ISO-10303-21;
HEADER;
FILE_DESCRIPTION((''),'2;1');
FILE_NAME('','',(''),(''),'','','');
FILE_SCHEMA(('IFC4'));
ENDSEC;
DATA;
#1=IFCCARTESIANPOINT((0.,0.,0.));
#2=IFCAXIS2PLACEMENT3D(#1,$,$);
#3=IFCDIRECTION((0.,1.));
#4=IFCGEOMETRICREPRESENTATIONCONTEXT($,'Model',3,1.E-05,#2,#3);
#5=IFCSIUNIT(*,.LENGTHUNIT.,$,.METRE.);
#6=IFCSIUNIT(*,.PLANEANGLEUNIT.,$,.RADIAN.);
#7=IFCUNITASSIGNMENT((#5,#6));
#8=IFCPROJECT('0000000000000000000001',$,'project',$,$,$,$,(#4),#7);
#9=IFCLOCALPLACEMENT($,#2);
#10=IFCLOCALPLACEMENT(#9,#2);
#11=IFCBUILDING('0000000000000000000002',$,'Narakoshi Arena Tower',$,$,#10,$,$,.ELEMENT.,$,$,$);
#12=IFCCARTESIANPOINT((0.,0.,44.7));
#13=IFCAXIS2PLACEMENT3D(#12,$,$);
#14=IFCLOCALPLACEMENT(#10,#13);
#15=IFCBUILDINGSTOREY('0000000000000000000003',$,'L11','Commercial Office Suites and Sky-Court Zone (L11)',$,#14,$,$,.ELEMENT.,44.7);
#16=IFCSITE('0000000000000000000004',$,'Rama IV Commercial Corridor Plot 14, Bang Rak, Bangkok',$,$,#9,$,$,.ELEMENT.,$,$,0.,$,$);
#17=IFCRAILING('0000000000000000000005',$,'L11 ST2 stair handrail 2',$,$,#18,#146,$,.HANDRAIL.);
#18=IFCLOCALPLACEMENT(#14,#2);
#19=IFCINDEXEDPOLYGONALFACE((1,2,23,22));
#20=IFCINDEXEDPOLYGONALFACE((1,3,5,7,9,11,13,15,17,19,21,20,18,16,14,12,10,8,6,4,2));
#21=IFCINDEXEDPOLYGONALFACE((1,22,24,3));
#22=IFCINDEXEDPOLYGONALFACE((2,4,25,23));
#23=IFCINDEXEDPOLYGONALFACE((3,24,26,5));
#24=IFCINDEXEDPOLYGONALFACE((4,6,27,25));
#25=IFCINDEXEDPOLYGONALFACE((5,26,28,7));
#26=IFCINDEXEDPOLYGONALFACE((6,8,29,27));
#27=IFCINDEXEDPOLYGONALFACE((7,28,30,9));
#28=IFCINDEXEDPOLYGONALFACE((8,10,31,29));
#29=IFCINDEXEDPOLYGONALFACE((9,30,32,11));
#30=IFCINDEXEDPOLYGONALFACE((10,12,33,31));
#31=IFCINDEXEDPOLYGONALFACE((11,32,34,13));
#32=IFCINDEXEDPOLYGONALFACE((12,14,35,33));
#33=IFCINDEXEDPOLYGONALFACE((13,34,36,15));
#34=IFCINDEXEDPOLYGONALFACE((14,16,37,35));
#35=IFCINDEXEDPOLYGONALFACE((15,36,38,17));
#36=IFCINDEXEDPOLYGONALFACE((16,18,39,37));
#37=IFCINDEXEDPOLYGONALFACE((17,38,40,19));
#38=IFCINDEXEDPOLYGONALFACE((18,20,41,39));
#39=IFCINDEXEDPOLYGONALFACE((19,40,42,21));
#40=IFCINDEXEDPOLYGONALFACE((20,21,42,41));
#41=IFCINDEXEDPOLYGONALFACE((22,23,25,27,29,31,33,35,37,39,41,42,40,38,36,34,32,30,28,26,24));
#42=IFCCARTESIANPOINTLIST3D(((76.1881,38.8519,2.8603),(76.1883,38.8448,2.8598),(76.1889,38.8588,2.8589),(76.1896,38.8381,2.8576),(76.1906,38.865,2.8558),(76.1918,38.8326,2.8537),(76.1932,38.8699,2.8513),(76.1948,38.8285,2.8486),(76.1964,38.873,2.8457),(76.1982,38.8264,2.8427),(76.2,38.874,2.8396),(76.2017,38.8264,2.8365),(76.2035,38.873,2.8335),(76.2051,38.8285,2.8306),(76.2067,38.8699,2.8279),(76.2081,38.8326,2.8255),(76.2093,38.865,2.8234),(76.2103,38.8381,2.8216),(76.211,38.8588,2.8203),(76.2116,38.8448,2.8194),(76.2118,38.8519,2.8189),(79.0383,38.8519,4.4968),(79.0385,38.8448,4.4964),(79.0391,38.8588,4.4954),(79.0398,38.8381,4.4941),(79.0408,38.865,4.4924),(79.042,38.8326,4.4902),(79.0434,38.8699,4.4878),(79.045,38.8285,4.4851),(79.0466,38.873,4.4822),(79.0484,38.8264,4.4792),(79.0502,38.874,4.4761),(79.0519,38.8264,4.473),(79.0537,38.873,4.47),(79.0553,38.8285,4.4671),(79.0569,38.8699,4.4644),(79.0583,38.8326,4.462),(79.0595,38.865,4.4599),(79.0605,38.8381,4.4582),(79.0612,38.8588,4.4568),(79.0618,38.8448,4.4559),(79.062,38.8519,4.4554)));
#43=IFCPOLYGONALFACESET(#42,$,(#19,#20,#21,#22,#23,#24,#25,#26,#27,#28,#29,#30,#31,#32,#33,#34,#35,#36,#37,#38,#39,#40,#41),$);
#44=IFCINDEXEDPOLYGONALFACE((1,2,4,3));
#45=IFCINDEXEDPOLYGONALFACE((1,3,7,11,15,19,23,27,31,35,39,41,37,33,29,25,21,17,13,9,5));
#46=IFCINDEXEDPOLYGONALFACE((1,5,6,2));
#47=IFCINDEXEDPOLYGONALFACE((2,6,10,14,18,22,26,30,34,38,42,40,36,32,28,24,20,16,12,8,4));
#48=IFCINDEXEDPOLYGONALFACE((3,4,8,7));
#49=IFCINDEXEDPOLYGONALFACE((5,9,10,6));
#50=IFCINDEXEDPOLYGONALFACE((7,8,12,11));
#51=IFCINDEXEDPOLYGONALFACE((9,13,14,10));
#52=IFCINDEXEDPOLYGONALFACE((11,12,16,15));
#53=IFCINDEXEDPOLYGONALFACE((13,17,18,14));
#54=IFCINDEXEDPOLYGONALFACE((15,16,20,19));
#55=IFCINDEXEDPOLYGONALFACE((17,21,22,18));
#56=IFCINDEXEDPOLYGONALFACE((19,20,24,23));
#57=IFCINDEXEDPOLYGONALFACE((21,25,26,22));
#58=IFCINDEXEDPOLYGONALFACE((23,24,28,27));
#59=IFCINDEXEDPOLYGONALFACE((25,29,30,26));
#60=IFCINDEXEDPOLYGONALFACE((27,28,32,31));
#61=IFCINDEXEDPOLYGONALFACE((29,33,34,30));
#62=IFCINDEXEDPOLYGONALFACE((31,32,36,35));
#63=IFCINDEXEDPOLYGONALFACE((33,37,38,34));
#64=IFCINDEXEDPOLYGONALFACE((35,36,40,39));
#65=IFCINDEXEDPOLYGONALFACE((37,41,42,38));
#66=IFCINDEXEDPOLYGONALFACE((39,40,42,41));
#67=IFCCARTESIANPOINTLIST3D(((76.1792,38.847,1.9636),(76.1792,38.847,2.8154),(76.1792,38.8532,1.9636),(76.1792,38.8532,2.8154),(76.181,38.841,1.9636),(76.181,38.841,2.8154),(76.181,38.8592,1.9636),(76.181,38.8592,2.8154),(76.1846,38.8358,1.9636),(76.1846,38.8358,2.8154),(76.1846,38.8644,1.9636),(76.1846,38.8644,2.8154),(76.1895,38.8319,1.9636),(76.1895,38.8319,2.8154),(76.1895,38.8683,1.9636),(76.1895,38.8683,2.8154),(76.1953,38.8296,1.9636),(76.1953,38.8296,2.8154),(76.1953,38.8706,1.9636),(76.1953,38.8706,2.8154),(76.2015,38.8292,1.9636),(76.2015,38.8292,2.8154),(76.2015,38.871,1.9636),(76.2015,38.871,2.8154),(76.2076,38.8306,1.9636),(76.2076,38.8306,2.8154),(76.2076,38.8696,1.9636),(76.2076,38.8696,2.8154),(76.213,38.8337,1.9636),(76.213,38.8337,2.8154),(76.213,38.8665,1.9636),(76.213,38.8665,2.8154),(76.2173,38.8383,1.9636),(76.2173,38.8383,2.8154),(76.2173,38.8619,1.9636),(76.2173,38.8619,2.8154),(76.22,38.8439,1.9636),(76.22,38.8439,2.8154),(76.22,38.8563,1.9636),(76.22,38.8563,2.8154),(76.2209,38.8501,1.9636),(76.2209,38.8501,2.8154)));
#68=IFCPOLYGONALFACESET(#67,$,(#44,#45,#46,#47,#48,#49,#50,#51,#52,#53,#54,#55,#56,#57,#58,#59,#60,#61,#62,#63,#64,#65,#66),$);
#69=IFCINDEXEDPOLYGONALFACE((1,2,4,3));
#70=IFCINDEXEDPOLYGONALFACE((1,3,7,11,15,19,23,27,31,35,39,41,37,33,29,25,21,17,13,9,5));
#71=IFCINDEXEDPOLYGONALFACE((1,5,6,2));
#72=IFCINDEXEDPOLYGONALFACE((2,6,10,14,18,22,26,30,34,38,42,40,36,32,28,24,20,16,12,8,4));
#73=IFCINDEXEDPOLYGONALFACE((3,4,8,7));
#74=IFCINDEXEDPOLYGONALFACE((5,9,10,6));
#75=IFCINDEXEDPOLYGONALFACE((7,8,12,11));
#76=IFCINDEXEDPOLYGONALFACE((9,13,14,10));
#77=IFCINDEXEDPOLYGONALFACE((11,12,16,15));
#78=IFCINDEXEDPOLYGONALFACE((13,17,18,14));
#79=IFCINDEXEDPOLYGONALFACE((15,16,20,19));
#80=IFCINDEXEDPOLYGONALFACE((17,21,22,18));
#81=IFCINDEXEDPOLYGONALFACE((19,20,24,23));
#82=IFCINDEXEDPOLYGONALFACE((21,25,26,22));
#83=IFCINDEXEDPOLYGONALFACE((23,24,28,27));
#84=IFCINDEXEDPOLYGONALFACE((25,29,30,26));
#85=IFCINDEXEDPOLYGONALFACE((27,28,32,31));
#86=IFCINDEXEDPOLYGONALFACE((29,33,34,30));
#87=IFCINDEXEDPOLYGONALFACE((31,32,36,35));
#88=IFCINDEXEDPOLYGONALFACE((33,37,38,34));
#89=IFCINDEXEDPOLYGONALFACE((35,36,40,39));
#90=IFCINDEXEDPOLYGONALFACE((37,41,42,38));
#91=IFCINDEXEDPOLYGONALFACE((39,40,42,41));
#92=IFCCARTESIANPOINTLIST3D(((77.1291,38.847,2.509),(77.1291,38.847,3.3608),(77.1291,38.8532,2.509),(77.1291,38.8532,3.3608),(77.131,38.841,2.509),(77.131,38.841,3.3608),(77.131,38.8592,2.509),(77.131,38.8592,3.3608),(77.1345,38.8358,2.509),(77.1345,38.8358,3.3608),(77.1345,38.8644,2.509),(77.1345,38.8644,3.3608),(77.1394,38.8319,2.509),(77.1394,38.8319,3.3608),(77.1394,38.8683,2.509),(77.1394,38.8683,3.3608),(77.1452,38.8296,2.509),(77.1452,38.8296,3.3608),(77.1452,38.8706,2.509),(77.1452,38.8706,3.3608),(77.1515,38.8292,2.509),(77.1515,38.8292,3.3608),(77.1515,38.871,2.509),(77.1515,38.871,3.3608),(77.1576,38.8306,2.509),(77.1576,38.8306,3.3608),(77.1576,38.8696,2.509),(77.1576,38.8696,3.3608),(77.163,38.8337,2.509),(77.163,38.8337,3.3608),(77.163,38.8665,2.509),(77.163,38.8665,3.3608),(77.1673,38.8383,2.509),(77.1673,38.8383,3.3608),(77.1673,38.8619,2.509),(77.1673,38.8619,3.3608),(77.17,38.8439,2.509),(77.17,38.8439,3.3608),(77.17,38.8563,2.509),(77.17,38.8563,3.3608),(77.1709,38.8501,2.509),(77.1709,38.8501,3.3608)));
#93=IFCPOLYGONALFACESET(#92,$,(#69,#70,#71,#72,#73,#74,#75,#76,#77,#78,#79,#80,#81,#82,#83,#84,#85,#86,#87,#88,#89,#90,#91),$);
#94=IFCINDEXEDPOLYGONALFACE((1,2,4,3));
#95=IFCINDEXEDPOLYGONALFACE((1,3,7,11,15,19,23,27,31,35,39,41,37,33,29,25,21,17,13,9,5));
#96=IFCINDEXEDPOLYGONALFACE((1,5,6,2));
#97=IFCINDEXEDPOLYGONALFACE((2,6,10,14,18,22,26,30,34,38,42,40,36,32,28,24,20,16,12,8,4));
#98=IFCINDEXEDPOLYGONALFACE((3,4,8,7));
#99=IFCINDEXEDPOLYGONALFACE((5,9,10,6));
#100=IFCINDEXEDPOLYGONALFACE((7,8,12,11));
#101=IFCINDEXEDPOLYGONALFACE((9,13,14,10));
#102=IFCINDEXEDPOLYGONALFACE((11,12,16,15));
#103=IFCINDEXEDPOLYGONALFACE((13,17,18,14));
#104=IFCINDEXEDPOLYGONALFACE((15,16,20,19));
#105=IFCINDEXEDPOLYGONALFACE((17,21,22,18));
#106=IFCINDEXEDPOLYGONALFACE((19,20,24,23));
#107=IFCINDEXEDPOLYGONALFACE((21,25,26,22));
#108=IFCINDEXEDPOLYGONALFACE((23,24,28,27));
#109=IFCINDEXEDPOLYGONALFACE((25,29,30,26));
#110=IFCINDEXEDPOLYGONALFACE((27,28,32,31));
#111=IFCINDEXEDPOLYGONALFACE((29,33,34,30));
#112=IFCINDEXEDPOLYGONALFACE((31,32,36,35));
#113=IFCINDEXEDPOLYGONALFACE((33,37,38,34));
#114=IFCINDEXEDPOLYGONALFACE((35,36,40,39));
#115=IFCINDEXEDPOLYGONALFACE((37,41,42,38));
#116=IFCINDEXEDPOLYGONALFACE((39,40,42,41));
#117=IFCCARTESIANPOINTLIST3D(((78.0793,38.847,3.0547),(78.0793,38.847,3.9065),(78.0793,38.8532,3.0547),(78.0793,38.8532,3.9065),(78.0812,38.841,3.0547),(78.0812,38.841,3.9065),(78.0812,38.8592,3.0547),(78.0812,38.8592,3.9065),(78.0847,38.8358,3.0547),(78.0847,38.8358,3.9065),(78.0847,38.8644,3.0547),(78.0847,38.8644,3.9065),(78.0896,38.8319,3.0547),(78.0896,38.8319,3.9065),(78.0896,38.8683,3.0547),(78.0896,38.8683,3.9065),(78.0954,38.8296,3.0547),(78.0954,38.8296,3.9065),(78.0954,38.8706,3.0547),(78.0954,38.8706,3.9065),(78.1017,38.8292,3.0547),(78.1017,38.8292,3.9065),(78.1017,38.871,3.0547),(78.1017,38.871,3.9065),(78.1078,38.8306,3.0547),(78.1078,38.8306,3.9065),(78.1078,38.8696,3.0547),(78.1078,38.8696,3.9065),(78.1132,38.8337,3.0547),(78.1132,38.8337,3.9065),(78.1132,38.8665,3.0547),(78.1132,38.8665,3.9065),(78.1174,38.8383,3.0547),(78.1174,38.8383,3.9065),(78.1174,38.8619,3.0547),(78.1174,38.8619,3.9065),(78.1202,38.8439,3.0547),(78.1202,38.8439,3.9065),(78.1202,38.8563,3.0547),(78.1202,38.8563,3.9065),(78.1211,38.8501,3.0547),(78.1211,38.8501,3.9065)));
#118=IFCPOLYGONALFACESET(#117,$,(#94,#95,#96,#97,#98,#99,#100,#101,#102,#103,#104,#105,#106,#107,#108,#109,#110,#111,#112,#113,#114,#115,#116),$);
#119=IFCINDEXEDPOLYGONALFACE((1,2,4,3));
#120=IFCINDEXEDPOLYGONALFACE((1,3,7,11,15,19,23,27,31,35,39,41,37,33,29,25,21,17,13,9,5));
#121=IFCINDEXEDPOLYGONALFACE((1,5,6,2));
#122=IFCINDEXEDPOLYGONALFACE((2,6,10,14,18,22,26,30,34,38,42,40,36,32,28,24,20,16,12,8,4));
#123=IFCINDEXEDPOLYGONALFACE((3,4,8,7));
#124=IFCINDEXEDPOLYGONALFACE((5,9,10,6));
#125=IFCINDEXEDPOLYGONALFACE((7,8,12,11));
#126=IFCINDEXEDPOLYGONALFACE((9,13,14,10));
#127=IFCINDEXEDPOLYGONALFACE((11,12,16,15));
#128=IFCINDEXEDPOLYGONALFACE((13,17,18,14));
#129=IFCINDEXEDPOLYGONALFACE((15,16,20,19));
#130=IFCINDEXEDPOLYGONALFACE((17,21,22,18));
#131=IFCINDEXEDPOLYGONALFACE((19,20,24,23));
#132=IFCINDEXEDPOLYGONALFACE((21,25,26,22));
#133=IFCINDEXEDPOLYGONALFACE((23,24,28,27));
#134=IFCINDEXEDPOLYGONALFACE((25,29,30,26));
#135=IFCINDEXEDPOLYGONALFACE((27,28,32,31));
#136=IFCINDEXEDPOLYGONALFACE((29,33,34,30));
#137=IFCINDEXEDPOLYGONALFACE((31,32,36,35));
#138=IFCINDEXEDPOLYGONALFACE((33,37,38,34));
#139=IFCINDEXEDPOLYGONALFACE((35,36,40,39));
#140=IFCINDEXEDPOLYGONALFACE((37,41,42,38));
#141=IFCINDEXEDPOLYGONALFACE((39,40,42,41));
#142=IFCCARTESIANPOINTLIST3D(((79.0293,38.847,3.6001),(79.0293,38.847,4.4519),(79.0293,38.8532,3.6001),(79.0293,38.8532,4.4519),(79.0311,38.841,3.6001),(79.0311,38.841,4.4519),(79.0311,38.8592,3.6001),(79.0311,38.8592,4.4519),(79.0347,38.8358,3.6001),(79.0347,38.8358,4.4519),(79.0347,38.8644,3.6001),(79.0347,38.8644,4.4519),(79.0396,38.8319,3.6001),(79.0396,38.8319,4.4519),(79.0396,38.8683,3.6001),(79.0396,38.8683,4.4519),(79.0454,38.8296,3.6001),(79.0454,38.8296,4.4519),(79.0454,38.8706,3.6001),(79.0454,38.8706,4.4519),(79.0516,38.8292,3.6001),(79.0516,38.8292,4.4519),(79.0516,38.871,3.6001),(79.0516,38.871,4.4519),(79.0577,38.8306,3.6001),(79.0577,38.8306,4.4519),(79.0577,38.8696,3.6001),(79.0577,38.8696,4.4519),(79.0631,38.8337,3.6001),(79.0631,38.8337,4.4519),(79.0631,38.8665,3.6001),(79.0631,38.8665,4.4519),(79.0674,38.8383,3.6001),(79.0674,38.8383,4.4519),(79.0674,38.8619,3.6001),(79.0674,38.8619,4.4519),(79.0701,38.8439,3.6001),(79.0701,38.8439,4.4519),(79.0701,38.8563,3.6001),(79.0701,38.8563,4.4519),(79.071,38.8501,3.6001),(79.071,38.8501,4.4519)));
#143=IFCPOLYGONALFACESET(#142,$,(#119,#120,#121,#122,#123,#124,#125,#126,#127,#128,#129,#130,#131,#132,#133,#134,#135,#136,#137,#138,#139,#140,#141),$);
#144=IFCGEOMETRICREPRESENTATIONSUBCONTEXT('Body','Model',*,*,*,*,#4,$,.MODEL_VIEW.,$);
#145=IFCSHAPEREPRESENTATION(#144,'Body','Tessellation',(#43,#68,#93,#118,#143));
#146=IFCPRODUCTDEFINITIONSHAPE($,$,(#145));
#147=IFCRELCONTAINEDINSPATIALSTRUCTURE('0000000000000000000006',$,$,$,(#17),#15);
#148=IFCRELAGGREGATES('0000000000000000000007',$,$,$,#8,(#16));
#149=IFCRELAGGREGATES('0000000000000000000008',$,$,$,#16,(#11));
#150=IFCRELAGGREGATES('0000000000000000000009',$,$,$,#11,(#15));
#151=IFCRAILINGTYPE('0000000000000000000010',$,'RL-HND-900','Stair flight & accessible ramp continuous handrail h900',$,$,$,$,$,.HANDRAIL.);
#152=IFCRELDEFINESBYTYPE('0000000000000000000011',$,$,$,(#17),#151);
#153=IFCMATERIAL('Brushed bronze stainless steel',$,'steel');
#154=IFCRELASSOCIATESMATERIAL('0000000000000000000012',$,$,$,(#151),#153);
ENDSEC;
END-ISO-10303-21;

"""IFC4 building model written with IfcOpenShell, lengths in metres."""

from ifc_helpers import new_model, si_unit, direction, frame, origin, origin_2d, place, context, subcontext, project, spatial, circle, extrude, material, type_object, element, save


model = new_model("IFC4")

# Units and contexts
model_context = context("Model", 3, precision=1e-05, world=origin(), true_north=direction((0.0, 1.0)))
body_context = subcontext(model_context, "Body", "Model", "MODEL_VIEW")
ifc_project = project(units=[si_unit("LENGTHUNIT", "METRE"), si_unit("PLANEANGLEUNIT", "RADIAN")], contexts=[model_context])

# Site, building, storey
site_placement = place(None, origin())
site = spatial("IfcSite", under=ifc_project, at=site_placement, Name="Rama IV Commercial Corridor Plot 14, Bang Rak, Bangkok", CompositionType="ELEMENT", RefElevation=0.0)
building_placement = place(site_placement, origin())
building = spatial("IfcBuilding", under=site, at=building_placement, Name="Narakoshi Arena Tower", CompositionType="ELEMENT")
storey_placement = place(building_placement, frame((0.0, 0.0, 44.7)))
storey = spatial("IfcBuildingStorey", under=building, at=storey_placement, Name="L11", Description="Commercial Office Suites and Sky-Court Zone (L11)", CompositionType="ELEMENT", Elevation=44.7)

# Shared definitions
ifc_material_1 = material(Name="Brushed bronze stainless steel", Category="steel")

# Railing
railing_type_1 = type_object("IfcRailingType", Name="RL-HND-900", Description="Stair flight & accessible ramp continuous handrail h900", PredefinedType="HANDRAIL", material=ifc_material_1)
for number, where, name in (
    (1, (76.2, 38.8501, 1.9636), "L11 ST2 stair handrail 2"),
):
    element("IfcRailing", number, at=place(storey_placement, frame(where)), inside=storey, type_object=railing_type_1, Name=name, PredefinedType="HANDRAIL", context=body_context, shape_type="SweptSolid", body=[
        extrude(circle(Radius=0.0239, at=origin_2d()), frame((0.0, 0.0, 0.876), z_axis=(0.867213, 0.0, 0.497938), x_axis=(0.0, 1.0, 0.0)), (0.0, 0.0, 1.0), 3.2866),
        extrude(circle(Radius=0.021, at=origin_2d()), origin(), (0.0, 0.0, 1.0), 0.8518),
        extrude(circle(Radius=0.021, at=origin_2d()), frame((0.95, 0.0, 0.5454)), (0.0, 0.0, 1.0), 0.8518),
        extrude(circle(Radius=0.021, at=origin_2d()), frame((1.9001, 0.0, 1.0911)), (0.0, 0.0, 1.0), 0.8518),
        extrude(circle(Radius=0.021, at=origin_2d()), frame((2.8501, 0.0, 1.6365)), (0.0, 0.0, 1.0), 0.8518),
    ])

save(model, "model.ifc")
